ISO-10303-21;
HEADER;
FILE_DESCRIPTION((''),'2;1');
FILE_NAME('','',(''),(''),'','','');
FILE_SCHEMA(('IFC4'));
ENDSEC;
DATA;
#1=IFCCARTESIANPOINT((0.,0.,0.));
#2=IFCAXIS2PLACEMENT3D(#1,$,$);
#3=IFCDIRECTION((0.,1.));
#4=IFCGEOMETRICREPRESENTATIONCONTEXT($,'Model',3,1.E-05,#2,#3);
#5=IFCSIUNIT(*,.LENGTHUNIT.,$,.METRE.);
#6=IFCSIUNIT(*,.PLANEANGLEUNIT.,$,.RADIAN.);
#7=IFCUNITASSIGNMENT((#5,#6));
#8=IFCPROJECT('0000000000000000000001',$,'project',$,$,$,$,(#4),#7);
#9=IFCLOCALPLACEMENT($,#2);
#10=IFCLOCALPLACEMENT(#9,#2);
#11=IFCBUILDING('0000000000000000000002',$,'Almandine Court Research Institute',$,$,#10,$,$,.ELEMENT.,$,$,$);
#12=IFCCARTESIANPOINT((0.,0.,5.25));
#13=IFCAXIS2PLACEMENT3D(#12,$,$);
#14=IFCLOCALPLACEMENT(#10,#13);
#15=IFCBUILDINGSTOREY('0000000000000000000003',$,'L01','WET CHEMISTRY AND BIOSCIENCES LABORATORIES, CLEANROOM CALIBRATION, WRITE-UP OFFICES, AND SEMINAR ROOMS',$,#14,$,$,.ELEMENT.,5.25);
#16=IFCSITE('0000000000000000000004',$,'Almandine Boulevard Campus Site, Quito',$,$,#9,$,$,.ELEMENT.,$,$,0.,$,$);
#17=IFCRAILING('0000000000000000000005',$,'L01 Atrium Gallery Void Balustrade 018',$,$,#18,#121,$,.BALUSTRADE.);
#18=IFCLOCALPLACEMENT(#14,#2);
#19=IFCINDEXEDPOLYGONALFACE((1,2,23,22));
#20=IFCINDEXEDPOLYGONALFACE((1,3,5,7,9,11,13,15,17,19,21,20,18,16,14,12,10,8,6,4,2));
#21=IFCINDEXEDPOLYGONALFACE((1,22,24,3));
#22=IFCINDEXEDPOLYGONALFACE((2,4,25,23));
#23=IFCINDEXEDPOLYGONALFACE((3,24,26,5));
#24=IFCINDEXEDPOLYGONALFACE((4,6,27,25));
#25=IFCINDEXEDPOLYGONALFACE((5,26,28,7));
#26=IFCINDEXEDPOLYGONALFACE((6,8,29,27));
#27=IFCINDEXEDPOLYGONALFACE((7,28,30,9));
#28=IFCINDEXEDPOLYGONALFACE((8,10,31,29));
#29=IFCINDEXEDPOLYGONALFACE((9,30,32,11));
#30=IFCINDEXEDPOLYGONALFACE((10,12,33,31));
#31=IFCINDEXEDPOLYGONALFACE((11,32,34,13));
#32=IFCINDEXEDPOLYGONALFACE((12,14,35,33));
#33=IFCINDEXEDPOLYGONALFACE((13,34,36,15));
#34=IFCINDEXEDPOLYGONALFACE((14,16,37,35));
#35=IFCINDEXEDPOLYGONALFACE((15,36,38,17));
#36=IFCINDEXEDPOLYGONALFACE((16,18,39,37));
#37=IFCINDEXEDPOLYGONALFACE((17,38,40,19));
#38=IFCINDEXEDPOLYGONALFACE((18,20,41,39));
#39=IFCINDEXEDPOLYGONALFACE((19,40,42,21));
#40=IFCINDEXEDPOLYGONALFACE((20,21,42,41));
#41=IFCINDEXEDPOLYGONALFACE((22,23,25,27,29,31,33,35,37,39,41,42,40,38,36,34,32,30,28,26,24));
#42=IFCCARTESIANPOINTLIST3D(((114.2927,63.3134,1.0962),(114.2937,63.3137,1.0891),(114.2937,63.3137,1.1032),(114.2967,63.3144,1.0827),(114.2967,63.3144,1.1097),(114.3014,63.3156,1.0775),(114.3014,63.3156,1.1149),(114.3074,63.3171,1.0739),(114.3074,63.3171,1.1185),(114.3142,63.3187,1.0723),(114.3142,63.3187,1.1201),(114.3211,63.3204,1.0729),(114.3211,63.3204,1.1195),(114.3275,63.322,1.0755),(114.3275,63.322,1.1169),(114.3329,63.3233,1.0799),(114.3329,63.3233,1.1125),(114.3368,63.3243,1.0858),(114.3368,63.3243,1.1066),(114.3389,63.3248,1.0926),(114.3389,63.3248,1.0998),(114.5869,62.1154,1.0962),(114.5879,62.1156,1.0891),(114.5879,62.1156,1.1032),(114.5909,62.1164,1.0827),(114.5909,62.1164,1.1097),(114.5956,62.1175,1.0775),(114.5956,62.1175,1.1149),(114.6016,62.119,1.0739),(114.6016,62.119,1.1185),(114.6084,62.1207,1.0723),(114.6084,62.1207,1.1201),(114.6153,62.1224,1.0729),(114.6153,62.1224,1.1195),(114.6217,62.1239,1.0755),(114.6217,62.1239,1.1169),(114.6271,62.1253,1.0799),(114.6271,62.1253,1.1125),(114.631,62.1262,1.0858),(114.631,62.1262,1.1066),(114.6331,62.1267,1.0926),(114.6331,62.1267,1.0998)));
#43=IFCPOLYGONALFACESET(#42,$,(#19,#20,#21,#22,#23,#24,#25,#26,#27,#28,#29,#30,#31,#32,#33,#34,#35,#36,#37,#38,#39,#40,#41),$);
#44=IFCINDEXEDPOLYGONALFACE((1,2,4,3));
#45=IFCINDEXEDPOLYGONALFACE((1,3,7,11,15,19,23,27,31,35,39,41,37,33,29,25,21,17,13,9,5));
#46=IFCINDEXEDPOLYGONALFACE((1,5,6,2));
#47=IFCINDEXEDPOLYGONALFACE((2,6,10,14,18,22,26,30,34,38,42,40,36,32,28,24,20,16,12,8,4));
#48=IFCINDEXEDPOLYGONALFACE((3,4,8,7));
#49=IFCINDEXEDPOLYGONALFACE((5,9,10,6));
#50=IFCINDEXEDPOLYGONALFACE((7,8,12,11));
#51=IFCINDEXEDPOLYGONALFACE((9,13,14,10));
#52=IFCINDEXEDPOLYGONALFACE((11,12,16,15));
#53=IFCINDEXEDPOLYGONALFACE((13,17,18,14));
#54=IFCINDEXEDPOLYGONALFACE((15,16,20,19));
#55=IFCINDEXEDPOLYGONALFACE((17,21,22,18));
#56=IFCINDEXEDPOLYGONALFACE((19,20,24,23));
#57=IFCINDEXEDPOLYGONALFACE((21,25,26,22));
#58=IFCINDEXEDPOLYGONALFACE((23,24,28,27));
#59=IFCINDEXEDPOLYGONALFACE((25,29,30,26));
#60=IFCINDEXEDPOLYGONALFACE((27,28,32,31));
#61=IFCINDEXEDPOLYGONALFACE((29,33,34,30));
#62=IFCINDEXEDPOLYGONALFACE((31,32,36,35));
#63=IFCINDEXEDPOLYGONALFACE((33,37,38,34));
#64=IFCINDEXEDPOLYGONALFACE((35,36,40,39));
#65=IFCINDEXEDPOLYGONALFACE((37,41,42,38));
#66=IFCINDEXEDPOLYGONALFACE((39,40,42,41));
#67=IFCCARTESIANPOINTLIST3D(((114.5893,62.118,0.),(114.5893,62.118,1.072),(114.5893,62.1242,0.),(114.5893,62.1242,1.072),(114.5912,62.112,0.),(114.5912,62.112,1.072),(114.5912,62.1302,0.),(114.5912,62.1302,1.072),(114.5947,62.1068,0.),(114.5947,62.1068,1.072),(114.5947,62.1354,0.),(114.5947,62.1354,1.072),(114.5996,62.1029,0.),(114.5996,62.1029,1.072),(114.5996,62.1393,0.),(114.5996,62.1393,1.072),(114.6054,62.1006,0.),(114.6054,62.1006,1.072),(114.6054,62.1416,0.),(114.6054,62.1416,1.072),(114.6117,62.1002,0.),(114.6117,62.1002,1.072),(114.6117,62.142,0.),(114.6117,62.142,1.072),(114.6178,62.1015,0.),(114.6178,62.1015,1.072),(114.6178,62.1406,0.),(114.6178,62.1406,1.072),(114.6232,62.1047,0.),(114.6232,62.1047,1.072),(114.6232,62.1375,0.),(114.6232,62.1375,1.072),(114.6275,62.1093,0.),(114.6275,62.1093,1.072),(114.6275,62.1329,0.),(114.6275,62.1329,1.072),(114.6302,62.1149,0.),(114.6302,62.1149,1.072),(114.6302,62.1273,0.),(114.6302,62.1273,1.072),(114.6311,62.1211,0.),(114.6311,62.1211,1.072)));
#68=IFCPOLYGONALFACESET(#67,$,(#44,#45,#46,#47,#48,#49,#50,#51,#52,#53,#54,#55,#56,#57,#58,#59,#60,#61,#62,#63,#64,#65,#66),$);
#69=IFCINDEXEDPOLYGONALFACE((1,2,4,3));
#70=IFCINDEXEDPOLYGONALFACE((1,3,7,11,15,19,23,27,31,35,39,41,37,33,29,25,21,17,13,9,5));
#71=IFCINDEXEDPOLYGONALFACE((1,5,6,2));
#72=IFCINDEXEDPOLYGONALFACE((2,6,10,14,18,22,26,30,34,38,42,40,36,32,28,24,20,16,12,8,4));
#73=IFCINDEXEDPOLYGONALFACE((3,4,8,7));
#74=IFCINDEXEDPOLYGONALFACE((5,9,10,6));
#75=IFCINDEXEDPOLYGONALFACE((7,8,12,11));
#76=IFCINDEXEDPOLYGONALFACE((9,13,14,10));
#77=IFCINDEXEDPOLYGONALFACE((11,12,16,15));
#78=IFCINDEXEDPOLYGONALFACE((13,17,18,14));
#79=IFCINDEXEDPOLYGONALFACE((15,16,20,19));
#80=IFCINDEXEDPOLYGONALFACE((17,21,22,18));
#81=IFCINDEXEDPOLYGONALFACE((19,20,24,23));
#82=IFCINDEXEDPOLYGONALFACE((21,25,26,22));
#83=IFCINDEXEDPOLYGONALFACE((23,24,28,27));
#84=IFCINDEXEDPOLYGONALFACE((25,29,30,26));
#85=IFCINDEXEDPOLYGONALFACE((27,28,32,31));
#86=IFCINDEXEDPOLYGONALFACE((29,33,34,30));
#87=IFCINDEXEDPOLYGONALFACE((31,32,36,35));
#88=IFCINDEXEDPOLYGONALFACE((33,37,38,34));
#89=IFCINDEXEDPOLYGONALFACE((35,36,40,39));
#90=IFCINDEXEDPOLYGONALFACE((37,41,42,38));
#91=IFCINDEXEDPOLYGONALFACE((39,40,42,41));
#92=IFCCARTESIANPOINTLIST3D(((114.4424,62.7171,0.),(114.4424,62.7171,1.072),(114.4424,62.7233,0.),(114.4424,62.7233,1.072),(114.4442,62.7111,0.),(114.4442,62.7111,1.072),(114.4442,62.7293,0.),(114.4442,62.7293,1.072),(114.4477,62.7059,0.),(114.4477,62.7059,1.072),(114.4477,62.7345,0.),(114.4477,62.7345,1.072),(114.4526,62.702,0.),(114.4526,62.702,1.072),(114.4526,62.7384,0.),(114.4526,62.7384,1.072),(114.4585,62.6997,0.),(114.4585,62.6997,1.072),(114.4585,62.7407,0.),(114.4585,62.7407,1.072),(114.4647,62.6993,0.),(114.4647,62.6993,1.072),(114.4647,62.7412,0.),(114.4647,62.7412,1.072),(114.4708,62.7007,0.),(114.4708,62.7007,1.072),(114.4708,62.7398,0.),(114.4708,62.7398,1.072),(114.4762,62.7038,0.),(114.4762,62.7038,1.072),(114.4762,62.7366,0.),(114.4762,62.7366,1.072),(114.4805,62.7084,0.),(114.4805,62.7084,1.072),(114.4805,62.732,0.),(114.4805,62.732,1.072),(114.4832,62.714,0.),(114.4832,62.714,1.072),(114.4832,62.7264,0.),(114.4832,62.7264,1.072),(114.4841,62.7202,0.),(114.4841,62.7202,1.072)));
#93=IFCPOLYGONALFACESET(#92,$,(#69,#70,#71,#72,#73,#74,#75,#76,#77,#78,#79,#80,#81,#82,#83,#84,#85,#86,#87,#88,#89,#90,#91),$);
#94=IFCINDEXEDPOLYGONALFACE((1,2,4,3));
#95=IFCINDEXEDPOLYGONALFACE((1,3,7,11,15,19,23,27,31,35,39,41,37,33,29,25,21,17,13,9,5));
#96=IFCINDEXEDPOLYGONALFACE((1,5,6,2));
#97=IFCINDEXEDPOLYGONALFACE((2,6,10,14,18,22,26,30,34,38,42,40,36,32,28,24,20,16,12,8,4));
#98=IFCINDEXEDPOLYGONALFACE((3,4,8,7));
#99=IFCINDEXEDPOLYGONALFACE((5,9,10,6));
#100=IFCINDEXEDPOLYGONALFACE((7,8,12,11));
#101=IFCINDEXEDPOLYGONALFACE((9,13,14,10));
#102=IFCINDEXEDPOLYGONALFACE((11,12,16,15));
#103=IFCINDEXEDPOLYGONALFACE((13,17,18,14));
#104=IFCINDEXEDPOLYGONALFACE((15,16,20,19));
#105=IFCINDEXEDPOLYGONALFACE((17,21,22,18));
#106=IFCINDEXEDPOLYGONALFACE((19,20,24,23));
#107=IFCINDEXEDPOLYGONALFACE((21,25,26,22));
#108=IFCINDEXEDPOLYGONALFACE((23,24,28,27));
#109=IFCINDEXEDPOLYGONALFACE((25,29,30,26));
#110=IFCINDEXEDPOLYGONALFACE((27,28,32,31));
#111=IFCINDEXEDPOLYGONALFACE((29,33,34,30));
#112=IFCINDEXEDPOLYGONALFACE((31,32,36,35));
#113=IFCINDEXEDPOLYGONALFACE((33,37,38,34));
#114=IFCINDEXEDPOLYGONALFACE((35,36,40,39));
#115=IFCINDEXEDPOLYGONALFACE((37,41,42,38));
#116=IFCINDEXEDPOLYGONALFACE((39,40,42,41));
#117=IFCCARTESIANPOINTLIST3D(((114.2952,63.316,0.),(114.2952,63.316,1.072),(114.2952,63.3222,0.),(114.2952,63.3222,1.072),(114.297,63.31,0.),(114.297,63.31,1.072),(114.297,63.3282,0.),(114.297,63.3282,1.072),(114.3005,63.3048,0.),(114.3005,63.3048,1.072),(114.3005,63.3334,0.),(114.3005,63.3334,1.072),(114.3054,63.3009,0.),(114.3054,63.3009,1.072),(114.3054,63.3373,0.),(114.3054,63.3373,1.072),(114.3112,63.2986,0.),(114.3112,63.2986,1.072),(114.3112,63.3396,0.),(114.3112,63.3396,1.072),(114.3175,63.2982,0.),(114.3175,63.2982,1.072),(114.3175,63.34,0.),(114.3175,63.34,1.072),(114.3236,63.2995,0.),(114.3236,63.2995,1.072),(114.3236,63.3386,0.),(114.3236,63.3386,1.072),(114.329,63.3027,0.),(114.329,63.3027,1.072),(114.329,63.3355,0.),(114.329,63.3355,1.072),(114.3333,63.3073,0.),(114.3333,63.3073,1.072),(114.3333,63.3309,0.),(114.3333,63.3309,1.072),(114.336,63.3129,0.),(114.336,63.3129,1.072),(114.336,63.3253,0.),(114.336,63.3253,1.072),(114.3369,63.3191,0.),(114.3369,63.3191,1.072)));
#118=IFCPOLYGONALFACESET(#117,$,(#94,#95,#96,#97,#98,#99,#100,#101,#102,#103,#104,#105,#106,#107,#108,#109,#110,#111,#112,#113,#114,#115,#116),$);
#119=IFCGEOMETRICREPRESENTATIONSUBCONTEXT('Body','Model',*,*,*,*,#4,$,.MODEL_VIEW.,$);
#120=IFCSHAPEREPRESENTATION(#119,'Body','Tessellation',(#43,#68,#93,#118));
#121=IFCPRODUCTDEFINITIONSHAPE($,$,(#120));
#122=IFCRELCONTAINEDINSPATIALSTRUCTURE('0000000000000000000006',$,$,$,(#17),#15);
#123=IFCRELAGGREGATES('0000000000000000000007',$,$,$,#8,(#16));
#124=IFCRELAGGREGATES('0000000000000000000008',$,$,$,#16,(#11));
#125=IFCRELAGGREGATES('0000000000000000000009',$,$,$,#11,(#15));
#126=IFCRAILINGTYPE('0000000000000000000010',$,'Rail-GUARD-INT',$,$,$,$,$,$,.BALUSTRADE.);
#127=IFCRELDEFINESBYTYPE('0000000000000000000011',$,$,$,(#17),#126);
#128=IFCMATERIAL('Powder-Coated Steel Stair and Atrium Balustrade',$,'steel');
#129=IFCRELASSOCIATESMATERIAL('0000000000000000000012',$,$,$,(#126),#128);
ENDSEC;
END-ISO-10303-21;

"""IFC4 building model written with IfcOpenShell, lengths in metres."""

from ifc_helpers import new_model, si_unit, direction, frame, origin, origin_2d, place, context, subcontext, project, spatial, circle, extrude, material, type_object, element, save


model = new_model("IFC4")

# Units and contexts
model_context = context("Model", 3, precision=1e-05, world=origin(), true_north=direction((0.0, 1.0)))
body_context = subcontext(model_context, "Body", "Model", "MODEL_VIEW")
ifc_project = project(units=[si_unit("LENGTHUNIT", "METRE"), si_unit("PLANEANGLEUNIT", "RADIAN")], contexts=[model_context])

# Site, building, storey
site_placement = place(None, origin())
site = spatial("IfcSite", under=ifc_project, at=site_placement, Name="Almandine Boulevard Campus Site, Quito", CompositionType="ELEMENT", RefElevation=0.0)
building_placement = place(site_placement, origin())
building = spatial("IfcBuilding", under=site, at=building_placement, Name="Almandine Court Research Institute", CompositionType="ELEMENT")
storey_placement = place(building_placement, frame((0.0, 0.0, 5.25)))
storey = spatial("IfcBuildingStorey", under=building, at=storey_placement, Name="L01", Description="WET CHEMISTRY AND BIOSCIENCES LABORATORIES, CLEANROOM CALIBRATION, WRITE-UP OFFICES, AND SEMINAR ROOMS", CompositionType="ELEMENT", Elevation=5.25)

# Railing
ifc_material_1 = material(Name="Powder-Coated Steel Stair and Atrium Balustrade", Category="steel")
railing_type = type_object("IfcRailingType", Name="Rail-GUARD-INT", PredefinedType="BALUSTRADE", material=ifc_material_1)
railing_1_placement = place(storey_placement, frame((114.6101, 62.1211, 0.0)))
element("IfcRailing", 1, at=railing_1_placement, inside=storey, type_object=railing_type, Name="L01 Atrium Gallery Void Balustrade 018", PredefinedType="BALUSTRADE", context=body_context, shape_type="SweptSolid", body=[
    extrude(circle(Radius=0.0239, at=origin_2d()), frame((0.0, 0.0, 1.0962), z_axis=(-0.238482, 0.971147, 0.0), x_axis=(-0.971147, -0.238482, 0.0)), (0.0, 0.0, 1.0), 1.2336),
    extrude(circle(Radius=0.021, at=origin_2d()), origin(), (0.0, 0.0, 1.0), 1.072),
    extrude(circle(Radius=0.021, at=origin_2d()), frame((-0.147, 0.5991, 0.0)), (0.0, 0.0, 1.0), 1.072),
    extrude(circle(Radius=0.021, at=origin_2d()), frame((-0.2942, 1.198, 0.0)), (0.0, 0.0, 1.0), 1.072),
])

save(model, "model.ifc")
